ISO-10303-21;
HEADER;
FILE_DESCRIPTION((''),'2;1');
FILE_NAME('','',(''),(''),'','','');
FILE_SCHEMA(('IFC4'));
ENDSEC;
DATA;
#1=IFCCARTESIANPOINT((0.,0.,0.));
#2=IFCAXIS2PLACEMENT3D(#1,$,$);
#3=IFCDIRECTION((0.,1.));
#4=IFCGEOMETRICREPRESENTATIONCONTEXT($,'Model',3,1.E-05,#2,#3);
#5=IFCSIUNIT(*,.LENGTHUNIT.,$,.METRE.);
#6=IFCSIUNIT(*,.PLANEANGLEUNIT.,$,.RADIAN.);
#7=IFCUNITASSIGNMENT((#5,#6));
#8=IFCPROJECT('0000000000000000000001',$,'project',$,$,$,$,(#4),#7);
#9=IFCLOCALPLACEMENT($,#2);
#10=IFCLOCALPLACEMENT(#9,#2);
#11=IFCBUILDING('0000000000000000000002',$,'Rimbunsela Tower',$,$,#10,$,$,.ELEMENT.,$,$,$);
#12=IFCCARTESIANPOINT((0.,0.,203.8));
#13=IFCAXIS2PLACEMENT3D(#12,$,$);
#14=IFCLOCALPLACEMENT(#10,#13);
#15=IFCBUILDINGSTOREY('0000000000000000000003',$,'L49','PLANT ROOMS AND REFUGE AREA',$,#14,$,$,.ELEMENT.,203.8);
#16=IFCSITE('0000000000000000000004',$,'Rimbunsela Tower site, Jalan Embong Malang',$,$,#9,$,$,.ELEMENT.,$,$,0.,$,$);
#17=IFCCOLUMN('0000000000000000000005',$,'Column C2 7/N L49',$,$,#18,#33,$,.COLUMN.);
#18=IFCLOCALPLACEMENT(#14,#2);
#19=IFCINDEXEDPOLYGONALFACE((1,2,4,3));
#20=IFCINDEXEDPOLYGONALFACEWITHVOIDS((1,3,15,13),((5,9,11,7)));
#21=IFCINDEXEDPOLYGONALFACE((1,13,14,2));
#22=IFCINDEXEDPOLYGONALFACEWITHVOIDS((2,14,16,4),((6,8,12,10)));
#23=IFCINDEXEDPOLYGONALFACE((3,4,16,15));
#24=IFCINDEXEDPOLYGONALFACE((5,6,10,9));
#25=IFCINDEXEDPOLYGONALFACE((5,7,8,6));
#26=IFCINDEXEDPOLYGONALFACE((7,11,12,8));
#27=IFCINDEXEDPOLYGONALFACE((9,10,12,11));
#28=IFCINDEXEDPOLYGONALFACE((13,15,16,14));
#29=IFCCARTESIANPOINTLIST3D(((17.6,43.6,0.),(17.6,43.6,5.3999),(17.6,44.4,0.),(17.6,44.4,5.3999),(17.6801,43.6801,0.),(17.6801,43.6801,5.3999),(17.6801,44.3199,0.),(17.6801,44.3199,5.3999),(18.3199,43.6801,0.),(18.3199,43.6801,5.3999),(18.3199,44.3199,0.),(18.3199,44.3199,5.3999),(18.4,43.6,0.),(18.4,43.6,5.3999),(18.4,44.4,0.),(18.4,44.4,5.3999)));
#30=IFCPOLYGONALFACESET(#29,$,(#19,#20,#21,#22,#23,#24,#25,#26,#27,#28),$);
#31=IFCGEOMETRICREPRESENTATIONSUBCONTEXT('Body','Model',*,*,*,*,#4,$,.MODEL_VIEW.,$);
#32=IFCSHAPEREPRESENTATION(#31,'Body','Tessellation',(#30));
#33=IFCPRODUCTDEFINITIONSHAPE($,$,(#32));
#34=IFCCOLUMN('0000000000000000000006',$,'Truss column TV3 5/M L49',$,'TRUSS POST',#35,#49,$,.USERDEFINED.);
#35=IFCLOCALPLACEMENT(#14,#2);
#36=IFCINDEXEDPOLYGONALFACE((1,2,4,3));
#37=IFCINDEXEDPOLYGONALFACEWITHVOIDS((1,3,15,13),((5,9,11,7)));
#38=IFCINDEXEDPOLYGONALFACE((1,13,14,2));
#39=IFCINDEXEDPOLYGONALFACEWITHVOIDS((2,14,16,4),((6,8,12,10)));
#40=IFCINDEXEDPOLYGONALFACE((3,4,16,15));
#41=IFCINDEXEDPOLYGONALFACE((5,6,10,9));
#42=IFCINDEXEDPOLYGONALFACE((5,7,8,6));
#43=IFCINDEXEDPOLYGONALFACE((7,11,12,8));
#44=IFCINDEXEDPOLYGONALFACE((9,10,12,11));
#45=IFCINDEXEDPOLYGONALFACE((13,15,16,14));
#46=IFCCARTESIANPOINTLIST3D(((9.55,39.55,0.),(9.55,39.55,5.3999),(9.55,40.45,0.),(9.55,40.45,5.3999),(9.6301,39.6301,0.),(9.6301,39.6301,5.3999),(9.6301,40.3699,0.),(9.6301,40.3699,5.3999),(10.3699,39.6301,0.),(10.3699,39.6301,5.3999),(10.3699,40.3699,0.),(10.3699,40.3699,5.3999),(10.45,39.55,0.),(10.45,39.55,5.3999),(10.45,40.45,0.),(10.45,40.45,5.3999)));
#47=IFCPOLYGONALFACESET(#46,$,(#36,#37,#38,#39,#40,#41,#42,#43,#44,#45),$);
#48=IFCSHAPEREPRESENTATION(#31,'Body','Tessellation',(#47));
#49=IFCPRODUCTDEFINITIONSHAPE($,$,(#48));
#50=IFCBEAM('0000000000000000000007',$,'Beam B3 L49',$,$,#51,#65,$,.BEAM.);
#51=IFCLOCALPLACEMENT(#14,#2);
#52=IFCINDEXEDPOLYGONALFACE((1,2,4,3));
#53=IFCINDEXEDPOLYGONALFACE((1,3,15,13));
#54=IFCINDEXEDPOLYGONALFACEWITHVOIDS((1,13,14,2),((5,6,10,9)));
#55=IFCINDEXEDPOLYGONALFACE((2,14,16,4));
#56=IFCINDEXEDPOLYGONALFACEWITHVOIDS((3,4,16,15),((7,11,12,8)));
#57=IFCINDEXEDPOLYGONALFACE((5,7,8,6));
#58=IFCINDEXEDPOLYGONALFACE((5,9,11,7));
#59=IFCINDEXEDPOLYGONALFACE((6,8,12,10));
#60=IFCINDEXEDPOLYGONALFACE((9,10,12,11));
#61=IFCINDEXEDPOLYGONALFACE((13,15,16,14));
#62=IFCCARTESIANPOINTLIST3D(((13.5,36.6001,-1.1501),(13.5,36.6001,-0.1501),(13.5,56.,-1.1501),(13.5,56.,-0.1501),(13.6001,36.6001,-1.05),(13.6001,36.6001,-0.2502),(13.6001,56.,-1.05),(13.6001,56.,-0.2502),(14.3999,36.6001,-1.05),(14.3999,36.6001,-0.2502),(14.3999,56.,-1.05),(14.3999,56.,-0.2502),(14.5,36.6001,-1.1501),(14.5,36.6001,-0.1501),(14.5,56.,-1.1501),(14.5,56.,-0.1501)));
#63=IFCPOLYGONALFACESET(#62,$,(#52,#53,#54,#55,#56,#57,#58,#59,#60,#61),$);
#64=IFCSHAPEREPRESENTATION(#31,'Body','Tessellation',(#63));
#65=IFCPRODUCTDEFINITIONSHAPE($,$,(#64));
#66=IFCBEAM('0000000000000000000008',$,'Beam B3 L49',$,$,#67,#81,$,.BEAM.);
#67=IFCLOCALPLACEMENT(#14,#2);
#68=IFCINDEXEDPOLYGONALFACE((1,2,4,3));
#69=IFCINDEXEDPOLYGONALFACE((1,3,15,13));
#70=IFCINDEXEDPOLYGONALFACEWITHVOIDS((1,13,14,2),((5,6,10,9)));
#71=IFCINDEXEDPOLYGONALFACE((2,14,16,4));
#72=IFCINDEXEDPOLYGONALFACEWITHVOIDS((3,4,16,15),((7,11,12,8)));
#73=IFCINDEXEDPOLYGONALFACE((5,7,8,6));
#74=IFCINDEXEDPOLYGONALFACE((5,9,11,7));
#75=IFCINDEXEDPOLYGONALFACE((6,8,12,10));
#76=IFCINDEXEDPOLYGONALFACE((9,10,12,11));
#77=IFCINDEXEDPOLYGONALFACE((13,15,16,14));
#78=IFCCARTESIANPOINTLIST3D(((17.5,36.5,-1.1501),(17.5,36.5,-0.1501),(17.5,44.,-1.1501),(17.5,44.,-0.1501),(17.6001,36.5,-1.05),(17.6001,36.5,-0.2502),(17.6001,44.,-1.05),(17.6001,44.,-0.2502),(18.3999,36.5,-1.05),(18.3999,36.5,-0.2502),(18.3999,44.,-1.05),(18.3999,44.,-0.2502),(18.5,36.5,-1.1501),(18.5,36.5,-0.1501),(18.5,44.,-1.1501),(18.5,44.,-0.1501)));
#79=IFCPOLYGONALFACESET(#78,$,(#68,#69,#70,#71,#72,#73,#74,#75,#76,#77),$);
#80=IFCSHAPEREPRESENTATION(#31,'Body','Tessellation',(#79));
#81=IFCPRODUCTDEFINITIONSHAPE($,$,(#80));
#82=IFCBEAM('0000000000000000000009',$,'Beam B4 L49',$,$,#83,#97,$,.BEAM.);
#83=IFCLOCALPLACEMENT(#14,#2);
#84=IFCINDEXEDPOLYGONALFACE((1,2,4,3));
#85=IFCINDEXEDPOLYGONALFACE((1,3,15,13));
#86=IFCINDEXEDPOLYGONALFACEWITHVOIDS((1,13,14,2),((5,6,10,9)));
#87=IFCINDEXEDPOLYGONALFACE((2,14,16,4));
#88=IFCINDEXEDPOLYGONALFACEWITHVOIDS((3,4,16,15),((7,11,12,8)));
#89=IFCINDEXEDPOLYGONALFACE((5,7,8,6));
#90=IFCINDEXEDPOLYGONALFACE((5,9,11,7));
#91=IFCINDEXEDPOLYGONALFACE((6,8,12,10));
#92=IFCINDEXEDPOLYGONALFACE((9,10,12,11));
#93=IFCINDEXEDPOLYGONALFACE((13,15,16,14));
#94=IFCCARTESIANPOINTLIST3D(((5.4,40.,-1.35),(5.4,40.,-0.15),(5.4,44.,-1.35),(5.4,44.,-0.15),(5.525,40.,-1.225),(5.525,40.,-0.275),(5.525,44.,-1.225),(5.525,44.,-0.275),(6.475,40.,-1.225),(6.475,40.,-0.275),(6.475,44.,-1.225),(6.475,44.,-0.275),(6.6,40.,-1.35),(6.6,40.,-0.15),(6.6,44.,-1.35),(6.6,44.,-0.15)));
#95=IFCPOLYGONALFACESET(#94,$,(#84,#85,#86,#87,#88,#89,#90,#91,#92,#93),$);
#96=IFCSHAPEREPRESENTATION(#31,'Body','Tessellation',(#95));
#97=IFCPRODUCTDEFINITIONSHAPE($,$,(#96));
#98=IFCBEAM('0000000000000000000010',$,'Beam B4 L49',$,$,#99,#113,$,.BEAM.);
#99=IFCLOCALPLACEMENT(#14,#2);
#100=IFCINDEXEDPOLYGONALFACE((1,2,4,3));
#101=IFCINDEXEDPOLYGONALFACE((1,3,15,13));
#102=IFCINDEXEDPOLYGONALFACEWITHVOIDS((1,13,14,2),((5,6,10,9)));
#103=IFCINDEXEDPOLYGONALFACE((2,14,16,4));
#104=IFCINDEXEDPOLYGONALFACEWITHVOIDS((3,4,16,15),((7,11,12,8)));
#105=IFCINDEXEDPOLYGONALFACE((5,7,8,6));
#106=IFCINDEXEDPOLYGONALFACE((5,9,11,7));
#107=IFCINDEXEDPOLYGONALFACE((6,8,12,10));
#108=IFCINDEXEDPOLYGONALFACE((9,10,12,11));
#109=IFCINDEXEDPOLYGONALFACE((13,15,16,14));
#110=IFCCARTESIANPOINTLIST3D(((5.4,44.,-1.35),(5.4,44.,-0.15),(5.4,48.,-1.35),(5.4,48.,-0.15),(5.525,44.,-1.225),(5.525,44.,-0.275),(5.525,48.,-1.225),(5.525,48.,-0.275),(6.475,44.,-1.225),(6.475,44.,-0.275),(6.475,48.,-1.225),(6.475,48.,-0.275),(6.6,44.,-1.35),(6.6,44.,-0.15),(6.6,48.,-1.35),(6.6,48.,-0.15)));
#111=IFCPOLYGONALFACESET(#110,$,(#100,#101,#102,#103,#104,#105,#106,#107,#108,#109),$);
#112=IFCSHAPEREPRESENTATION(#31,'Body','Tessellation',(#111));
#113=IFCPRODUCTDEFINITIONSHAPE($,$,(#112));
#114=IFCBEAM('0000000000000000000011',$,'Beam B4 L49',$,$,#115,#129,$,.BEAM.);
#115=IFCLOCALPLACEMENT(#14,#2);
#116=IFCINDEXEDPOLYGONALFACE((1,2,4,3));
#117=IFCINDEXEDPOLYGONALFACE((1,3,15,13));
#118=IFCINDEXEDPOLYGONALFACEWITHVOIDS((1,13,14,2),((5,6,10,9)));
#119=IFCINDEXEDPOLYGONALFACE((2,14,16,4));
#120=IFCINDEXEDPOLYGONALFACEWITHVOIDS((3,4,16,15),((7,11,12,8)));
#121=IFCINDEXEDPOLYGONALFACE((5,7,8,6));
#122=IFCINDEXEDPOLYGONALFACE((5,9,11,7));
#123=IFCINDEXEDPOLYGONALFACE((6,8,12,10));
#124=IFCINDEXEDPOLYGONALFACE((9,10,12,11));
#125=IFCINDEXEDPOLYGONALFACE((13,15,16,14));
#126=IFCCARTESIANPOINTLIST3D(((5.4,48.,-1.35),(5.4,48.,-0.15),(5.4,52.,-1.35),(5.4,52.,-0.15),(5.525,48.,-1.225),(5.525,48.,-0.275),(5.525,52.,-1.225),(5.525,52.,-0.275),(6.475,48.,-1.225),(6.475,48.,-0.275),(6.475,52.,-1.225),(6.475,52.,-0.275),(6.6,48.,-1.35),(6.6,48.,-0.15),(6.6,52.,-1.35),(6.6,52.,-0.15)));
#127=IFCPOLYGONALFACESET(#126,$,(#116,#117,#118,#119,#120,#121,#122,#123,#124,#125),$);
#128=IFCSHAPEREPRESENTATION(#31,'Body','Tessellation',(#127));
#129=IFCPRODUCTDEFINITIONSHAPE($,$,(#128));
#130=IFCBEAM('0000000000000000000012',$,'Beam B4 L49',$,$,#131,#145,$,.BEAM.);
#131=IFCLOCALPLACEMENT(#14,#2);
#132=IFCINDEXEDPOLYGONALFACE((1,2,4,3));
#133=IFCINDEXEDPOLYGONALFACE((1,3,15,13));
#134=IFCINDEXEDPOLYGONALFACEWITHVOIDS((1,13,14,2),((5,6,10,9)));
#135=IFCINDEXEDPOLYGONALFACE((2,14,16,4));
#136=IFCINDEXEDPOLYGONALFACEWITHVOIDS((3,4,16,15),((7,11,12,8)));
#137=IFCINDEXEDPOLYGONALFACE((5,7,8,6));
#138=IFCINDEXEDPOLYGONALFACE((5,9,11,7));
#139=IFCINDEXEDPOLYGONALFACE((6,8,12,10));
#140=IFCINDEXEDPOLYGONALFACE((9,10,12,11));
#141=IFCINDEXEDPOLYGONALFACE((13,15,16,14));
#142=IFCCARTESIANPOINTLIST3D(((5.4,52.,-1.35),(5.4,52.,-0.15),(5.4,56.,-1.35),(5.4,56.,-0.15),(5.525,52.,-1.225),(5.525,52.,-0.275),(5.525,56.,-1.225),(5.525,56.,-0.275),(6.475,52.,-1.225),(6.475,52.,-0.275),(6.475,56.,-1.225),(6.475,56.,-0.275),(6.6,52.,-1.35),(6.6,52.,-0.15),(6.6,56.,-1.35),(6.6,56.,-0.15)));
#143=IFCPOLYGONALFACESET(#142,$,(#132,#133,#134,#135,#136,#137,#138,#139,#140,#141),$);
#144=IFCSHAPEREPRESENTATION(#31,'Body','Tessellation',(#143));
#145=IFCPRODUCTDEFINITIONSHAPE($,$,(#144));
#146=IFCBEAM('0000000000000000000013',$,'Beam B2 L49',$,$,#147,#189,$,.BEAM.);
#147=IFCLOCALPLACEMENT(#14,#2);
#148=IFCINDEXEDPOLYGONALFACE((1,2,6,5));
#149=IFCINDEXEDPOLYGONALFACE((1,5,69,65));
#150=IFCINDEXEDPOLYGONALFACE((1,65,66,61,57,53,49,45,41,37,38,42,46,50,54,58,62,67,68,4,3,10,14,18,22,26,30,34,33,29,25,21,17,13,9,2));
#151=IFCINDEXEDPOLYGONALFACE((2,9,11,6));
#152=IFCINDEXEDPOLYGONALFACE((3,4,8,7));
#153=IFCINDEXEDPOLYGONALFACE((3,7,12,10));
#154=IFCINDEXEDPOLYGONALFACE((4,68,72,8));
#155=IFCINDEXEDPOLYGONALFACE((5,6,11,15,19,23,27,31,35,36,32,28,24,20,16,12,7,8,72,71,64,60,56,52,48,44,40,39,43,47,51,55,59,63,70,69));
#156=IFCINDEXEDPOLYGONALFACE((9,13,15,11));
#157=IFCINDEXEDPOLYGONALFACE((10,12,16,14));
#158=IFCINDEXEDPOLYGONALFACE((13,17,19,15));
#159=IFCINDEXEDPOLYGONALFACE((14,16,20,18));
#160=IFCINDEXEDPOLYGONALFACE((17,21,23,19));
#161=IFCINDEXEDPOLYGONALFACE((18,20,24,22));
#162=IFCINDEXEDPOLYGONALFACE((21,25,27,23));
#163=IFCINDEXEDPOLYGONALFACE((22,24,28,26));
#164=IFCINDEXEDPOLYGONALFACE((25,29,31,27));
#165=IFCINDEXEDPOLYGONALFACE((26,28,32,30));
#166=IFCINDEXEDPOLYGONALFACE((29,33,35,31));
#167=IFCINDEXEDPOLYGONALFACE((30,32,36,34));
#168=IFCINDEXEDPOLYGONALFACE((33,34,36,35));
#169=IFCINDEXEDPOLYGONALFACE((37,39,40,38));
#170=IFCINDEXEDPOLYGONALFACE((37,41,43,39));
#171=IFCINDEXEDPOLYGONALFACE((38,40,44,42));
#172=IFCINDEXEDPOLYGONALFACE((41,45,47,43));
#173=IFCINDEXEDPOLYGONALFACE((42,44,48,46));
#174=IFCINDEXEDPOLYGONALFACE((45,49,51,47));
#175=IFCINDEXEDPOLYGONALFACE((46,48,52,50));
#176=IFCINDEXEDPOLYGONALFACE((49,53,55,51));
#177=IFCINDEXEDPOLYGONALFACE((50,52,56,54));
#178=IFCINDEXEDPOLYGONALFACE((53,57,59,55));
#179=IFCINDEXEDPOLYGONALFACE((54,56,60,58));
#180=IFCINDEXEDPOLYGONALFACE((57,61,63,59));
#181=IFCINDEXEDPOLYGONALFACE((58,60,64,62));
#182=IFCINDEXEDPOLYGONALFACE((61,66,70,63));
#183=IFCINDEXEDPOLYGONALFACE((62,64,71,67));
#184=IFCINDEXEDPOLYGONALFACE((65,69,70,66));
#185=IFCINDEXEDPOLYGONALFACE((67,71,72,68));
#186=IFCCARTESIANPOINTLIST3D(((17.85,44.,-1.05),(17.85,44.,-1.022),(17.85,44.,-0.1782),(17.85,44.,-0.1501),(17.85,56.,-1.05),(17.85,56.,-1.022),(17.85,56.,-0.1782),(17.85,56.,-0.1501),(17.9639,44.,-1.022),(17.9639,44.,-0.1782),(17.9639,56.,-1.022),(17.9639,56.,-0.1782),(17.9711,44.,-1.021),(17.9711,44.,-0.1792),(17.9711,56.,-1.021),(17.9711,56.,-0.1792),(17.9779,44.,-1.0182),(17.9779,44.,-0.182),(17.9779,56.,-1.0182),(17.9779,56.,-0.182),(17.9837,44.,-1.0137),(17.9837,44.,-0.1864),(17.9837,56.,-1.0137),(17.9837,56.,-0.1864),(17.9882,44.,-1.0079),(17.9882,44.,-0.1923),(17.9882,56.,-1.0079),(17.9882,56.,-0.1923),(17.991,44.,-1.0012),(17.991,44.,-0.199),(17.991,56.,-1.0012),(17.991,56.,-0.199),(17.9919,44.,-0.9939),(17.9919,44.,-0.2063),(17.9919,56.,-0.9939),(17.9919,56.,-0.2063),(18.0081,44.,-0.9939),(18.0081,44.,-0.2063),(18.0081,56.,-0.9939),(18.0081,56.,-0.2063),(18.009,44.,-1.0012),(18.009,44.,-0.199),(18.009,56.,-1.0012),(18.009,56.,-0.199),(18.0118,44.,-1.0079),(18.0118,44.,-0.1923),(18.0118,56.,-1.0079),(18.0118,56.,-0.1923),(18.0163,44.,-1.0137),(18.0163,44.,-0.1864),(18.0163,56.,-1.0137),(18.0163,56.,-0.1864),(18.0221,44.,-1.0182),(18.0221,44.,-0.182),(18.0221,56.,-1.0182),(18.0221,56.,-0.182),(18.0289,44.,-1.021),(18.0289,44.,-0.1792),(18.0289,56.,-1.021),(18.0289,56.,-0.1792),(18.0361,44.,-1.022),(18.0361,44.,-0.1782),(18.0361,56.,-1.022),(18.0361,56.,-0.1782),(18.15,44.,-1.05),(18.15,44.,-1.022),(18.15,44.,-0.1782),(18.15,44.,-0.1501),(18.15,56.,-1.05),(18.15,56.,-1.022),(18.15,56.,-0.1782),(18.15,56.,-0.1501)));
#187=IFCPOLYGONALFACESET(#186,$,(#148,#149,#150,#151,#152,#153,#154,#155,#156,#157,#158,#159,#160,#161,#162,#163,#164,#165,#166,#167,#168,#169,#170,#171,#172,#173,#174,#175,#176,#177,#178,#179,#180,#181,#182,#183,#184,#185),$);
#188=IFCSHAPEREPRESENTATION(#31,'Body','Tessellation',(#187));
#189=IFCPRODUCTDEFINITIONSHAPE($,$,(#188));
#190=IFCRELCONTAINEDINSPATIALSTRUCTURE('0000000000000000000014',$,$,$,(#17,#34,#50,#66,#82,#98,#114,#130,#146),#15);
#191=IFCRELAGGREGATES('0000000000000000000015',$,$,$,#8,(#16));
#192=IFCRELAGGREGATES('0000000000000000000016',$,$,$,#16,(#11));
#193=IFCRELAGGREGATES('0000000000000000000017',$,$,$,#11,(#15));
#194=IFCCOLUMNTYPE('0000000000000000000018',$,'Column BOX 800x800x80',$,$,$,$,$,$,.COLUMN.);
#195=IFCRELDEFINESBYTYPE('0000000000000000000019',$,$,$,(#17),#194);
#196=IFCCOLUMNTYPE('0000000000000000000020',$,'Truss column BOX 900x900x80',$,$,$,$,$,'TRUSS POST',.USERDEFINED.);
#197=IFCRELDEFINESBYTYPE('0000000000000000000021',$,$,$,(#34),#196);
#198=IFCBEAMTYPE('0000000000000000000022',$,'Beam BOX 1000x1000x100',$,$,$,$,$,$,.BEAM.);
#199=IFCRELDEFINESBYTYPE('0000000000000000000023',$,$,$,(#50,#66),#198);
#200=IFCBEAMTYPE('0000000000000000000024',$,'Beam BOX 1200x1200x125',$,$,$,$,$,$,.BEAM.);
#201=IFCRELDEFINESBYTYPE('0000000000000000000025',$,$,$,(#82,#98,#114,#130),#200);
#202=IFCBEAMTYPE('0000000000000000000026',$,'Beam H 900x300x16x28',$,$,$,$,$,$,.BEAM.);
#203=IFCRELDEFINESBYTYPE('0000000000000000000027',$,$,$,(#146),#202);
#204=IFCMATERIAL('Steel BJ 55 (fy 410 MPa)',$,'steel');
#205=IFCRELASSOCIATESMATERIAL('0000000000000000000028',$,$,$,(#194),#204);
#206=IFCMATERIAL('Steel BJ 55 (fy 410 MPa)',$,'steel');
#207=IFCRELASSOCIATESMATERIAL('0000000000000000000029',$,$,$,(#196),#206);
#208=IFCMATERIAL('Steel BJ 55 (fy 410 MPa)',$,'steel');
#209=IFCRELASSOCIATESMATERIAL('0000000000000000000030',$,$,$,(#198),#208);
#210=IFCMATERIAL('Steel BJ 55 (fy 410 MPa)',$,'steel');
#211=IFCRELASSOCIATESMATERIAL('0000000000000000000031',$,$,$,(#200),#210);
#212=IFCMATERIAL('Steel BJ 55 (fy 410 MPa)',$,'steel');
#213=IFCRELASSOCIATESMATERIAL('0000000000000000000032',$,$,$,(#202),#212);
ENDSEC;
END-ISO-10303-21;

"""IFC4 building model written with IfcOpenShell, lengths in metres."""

from ifc_helpers import new_model, si_unit, direction, frame, origin, origin_2d, place, context, subcontext, project, spatial, hollow_rectangle, i_section, extrude, material, material_profile, profile_set, type_object, element, save


model = new_model("IFC4")

# Units and contexts
model_context = context("Model", 3, precision=1e-05, world=origin(), true_north=direction((0.0, 1.0)))
body_context = subcontext(model_context, "Body", "Model", "MODEL_VIEW")
ifc_project = project(units=[si_unit("LENGTHUNIT", "METRE"), si_unit("PLANEANGLEUNIT", "RADIAN")], contexts=[model_context])

# Site, building, storey
site_placement = place(None, origin())
site = spatial("IfcSite", under=ifc_project, at=site_placement, Name="Rimbunsela Tower site, Jalan Embong Malang", CompositionType="ELEMENT", RefElevation=0.0)
building_placement = place(site_placement, origin())
building = spatial("IfcBuilding", under=site, at=building_placement, Name="Rimbunsela Tower", CompositionType="ELEMENT")
storey_placement = place(building_placement, frame((0.0, 0.0, 203.8)))
storey = spatial("IfcBuildingStorey", under=building, at=storey_placement, Name="L49", Description="PLANT ROOMS AND REFUGE AREA", CompositionType="ELEMENT", Elevation=203.8)

# Columns
ifc_material_1 = material(Name="Steel BJ 55 (fy 410 MPa)", Category="steel")
ifc_material_profile_1 = material_profile(ifc_material_1, hollow_rectangle(XDim=0.8, YDim=0.8, WallThickness=0.0801, at=origin_2d()), Name="BOX 800x800x80")
ifc_profile_set_1 = profile_set([ifc_material_profile_1], Name="Steel BJ 55 (fy 410 MPa)")
column_type_1 = type_object("IfcColumnType", Name="Column BOX 800x800x80", PredefinedType="COLUMN", material=ifc_profile_set_1)
column_1_placement = place(storey_placement, frame((18.0, 44.0, 0.0), z_axis=(0.0, 0.0, 1.0), x_axis=(1.0, 0.0, 0.0)))
element("IfcColumn", 1, at=column_1_placement, inside=storey, type_object=column_type_1, Name="Column C2 7/N L49", PredefinedType="COLUMN", context=body_context, shape_type="SweptSolid", body=[
    extrude(hollow_rectangle(XDim=0.8, YDim=0.8, WallThickness=0.0801, at=origin_2d()), origin(), (0.0, 0.0, 1.0), 5.3999),
])
ifc_material_2 = material(Name="Steel BJ 55 (fy 410 MPa)", Category="steel")
ifc_material_profile_2 = material_profile(ifc_material_2, hollow_rectangle(XDim=0.8999, YDim=0.8999, WallThickness=0.0801, at=origin_2d()), Name="BOX 900x900x80")
ifc_profile_set_2 = profile_set([ifc_material_profile_2], Name="Steel BJ 55 (fy 410 MPa)")
column_type_2 = type_object("IfcColumnType", Name="Truss column BOX 900x900x80", ElementType="TRUSS POST", PredefinedType="USERDEFINED", material=ifc_profile_set_2)
column_2_placement = place(storey_placement, frame((10.0, 40.0, 0.0), z_axis=(0.0, 0.0, 1.0), x_axis=(1.0, 0.0, 0.0)))
element("IfcColumn", 2, at=column_2_placement, inside=storey, type_object=column_type_2, Name="Truss column TV3 5/M L49", ObjectType="TRUSS POST", PredefinedType="USERDEFINED", context=body_context, shape_type="SweptSolid", body=[
    extrude(hollow_rectangle(XDim=0.8999, YDim=0.8999, WallThickness=0.0801, at=origin_2d()), origin(), (0.0, 0.0, 1.0), 5.3999),
])

# Beams
ifc_material_3 = material(Name="Steel BJ 55 (fy 410 MPa)", Category="steel")
ifc_material_profile_3 = material_profile(ifc_material_3, hollow_rectangle(XDim=1.0, YDim=1.0, WallThickness=0.1001, at=origin_2d()), Name="BOX 1000x1000x100")
ifc_profile_set_3 = profile_set([ifc_material_profile_3], Name="Steel BJ 55 (fy 410 MPa)")
beam_type_1 = type_object("IfcBeamType", Name="Beam BOX 1000x1000x100", PredefinedType="BEAM", material=ifc_profile_set_3)
beam_1_placement = place(storey_placement, frame((14.0, 36.6001, -0.6501), z_axis=(0.0, 1.0, 0.0), x_axis=(-1.0, 0.0, 0.0)))
element("IfcBeam", 3, at=beam_1_placement, inside=storey, type_object=beam_type_1, Name="Beam B3 L49", PredefinedType="BEAM", context=body_context, shape_type="SweptSolid", body=[
    extrude(hollow_rectangle(XDim=1.0, YDim=1.0, WallThickness=0.1001, at=origin_2d()), origin(), (0.0, 0.0, 1.0), 19.3999),
])
beam_2_placement = place(storey_placement, frame((18.0, 36.5, -0.6501), z_axis=(0.0, 1.0, 0.0), x_axis=(-1.0, 0.0, 0.0)))
element("IfcBeam", 4, at=beam_2_placement, inside=storey, type_object=beam_type_1, Name="Beam B3 L49", PredefinedType="BEAM", context=body_context, shape_type="SweptSolid", body=[
    extrude(hollow_rectangle(XDim=1.0, YDim=1.0, WallThickness=0.1001, at=origin_2d()), origin(), (0.0, 0.0, 1.0), 7.5),
])
ifc_material_4 = material(Name="Steel BJ 55 (fy 410 MPa)", Category="steel")
ifc_material_profile_4 = material_profile(ifc_material_4, hollow_rectangle(XDim=1.2, YDim=1.2, WallThickness=0.125, at=origin_2d()), Name="BOX 1200x1200x125")
ifc_profile_set_4 = profile_set([ifc_material_profile_4], Name="Steel BJ 55 (fy 410 MPa)")
beam_type_2 = type_object("IfcBeamType", Name="Beam BOX 1200x1200x125", PredefinedType="BEAM", material=ifc_profile_set_4)
for number, where, z_axis, x_axis, name in (
    (5, (6.0, 40.0, -0.75), (0.0, 1.0, 0.0), (-1.0, 0.0, 0.0), "Beam B4 L49"),
    (6, (6.0, 44.0, -0.75), (0.0, 1.0, 0.0), (-1.0, 0.0, 0.0), "Beam B4 L49"),
    (7, (6.0, 48.0, -0.75), (0.0, 1.0, 0.0), (-1.0, 0.0, 0.0), "Beam B4 L49"),
    (8, (6.0, 52.0, -0.75), (0.0, 1.0, 0.0), (-1.0, 0.0, 0.0), "Beam B4 L49"),
):
    element("IfcBeam", number, at=place(storey_placement, frame(where, z_axis=z_axis, x_axis=x_axis)), inside=storey, type_object=beam_type_2, Name=name, PredefinedType="BEAM", context=body_context, shape_type="SweptSolid", body=[
        extrude(hollow_rectangle(XDim=1.2, YDim=1.2, WallThickness=0.125, at=origin_2d()), origin(), (0.0, 0.0, 1.0), 4.0),
    ])
ifc_material_5 = material(Name="Steel BJ 55 (fy 410 MPa)", Category="steel")
ifc_material_profile_5 = material_profile(ifc_material_5, i_section(OverallWidth=0.3, OverallDepth=0.8999, WebThickness=0.0161, FlangeThickness=0.0281, FilletRadius=0.0281, at=origin_2d()), Name="H 900x300x16x28")
ifc_profile_set_5 = profile_set([ifc_material_profile_5], Name="Steel BJ 55 (fy 410 MPa)")
beam_type_3 = type_object("IfcBeamType", Name="Beam H 900x300x16x28", PredefinedType="BEAM", material=ifc_profile_set_5)
beam_3_placement = place(storey_placement, frame((18.0, 44.0, -0.6001), z_axis=(0.0, 1.0, 0.0), x_axis=(-1.0, 0.0, 0.0)))
element("IfcBeam", 9, at=beam_3_placement, inside=storey, type_object=beam_type_3, Name="Beam B2 L49", PredefinedType="BEAM", context=body_context, shape_type="SweptSolid", body=[
    extrude(i_section(OverallWidth=0.3, OverallDepth=0.8999, WebThickness=0.0161, FlangeThickness=0.0281, FilletRadius=0.0281, at=origin_2d()), origin(), (0.0, 0.0, 1.0), 12.0),
])

save(model, "model.ifc")
